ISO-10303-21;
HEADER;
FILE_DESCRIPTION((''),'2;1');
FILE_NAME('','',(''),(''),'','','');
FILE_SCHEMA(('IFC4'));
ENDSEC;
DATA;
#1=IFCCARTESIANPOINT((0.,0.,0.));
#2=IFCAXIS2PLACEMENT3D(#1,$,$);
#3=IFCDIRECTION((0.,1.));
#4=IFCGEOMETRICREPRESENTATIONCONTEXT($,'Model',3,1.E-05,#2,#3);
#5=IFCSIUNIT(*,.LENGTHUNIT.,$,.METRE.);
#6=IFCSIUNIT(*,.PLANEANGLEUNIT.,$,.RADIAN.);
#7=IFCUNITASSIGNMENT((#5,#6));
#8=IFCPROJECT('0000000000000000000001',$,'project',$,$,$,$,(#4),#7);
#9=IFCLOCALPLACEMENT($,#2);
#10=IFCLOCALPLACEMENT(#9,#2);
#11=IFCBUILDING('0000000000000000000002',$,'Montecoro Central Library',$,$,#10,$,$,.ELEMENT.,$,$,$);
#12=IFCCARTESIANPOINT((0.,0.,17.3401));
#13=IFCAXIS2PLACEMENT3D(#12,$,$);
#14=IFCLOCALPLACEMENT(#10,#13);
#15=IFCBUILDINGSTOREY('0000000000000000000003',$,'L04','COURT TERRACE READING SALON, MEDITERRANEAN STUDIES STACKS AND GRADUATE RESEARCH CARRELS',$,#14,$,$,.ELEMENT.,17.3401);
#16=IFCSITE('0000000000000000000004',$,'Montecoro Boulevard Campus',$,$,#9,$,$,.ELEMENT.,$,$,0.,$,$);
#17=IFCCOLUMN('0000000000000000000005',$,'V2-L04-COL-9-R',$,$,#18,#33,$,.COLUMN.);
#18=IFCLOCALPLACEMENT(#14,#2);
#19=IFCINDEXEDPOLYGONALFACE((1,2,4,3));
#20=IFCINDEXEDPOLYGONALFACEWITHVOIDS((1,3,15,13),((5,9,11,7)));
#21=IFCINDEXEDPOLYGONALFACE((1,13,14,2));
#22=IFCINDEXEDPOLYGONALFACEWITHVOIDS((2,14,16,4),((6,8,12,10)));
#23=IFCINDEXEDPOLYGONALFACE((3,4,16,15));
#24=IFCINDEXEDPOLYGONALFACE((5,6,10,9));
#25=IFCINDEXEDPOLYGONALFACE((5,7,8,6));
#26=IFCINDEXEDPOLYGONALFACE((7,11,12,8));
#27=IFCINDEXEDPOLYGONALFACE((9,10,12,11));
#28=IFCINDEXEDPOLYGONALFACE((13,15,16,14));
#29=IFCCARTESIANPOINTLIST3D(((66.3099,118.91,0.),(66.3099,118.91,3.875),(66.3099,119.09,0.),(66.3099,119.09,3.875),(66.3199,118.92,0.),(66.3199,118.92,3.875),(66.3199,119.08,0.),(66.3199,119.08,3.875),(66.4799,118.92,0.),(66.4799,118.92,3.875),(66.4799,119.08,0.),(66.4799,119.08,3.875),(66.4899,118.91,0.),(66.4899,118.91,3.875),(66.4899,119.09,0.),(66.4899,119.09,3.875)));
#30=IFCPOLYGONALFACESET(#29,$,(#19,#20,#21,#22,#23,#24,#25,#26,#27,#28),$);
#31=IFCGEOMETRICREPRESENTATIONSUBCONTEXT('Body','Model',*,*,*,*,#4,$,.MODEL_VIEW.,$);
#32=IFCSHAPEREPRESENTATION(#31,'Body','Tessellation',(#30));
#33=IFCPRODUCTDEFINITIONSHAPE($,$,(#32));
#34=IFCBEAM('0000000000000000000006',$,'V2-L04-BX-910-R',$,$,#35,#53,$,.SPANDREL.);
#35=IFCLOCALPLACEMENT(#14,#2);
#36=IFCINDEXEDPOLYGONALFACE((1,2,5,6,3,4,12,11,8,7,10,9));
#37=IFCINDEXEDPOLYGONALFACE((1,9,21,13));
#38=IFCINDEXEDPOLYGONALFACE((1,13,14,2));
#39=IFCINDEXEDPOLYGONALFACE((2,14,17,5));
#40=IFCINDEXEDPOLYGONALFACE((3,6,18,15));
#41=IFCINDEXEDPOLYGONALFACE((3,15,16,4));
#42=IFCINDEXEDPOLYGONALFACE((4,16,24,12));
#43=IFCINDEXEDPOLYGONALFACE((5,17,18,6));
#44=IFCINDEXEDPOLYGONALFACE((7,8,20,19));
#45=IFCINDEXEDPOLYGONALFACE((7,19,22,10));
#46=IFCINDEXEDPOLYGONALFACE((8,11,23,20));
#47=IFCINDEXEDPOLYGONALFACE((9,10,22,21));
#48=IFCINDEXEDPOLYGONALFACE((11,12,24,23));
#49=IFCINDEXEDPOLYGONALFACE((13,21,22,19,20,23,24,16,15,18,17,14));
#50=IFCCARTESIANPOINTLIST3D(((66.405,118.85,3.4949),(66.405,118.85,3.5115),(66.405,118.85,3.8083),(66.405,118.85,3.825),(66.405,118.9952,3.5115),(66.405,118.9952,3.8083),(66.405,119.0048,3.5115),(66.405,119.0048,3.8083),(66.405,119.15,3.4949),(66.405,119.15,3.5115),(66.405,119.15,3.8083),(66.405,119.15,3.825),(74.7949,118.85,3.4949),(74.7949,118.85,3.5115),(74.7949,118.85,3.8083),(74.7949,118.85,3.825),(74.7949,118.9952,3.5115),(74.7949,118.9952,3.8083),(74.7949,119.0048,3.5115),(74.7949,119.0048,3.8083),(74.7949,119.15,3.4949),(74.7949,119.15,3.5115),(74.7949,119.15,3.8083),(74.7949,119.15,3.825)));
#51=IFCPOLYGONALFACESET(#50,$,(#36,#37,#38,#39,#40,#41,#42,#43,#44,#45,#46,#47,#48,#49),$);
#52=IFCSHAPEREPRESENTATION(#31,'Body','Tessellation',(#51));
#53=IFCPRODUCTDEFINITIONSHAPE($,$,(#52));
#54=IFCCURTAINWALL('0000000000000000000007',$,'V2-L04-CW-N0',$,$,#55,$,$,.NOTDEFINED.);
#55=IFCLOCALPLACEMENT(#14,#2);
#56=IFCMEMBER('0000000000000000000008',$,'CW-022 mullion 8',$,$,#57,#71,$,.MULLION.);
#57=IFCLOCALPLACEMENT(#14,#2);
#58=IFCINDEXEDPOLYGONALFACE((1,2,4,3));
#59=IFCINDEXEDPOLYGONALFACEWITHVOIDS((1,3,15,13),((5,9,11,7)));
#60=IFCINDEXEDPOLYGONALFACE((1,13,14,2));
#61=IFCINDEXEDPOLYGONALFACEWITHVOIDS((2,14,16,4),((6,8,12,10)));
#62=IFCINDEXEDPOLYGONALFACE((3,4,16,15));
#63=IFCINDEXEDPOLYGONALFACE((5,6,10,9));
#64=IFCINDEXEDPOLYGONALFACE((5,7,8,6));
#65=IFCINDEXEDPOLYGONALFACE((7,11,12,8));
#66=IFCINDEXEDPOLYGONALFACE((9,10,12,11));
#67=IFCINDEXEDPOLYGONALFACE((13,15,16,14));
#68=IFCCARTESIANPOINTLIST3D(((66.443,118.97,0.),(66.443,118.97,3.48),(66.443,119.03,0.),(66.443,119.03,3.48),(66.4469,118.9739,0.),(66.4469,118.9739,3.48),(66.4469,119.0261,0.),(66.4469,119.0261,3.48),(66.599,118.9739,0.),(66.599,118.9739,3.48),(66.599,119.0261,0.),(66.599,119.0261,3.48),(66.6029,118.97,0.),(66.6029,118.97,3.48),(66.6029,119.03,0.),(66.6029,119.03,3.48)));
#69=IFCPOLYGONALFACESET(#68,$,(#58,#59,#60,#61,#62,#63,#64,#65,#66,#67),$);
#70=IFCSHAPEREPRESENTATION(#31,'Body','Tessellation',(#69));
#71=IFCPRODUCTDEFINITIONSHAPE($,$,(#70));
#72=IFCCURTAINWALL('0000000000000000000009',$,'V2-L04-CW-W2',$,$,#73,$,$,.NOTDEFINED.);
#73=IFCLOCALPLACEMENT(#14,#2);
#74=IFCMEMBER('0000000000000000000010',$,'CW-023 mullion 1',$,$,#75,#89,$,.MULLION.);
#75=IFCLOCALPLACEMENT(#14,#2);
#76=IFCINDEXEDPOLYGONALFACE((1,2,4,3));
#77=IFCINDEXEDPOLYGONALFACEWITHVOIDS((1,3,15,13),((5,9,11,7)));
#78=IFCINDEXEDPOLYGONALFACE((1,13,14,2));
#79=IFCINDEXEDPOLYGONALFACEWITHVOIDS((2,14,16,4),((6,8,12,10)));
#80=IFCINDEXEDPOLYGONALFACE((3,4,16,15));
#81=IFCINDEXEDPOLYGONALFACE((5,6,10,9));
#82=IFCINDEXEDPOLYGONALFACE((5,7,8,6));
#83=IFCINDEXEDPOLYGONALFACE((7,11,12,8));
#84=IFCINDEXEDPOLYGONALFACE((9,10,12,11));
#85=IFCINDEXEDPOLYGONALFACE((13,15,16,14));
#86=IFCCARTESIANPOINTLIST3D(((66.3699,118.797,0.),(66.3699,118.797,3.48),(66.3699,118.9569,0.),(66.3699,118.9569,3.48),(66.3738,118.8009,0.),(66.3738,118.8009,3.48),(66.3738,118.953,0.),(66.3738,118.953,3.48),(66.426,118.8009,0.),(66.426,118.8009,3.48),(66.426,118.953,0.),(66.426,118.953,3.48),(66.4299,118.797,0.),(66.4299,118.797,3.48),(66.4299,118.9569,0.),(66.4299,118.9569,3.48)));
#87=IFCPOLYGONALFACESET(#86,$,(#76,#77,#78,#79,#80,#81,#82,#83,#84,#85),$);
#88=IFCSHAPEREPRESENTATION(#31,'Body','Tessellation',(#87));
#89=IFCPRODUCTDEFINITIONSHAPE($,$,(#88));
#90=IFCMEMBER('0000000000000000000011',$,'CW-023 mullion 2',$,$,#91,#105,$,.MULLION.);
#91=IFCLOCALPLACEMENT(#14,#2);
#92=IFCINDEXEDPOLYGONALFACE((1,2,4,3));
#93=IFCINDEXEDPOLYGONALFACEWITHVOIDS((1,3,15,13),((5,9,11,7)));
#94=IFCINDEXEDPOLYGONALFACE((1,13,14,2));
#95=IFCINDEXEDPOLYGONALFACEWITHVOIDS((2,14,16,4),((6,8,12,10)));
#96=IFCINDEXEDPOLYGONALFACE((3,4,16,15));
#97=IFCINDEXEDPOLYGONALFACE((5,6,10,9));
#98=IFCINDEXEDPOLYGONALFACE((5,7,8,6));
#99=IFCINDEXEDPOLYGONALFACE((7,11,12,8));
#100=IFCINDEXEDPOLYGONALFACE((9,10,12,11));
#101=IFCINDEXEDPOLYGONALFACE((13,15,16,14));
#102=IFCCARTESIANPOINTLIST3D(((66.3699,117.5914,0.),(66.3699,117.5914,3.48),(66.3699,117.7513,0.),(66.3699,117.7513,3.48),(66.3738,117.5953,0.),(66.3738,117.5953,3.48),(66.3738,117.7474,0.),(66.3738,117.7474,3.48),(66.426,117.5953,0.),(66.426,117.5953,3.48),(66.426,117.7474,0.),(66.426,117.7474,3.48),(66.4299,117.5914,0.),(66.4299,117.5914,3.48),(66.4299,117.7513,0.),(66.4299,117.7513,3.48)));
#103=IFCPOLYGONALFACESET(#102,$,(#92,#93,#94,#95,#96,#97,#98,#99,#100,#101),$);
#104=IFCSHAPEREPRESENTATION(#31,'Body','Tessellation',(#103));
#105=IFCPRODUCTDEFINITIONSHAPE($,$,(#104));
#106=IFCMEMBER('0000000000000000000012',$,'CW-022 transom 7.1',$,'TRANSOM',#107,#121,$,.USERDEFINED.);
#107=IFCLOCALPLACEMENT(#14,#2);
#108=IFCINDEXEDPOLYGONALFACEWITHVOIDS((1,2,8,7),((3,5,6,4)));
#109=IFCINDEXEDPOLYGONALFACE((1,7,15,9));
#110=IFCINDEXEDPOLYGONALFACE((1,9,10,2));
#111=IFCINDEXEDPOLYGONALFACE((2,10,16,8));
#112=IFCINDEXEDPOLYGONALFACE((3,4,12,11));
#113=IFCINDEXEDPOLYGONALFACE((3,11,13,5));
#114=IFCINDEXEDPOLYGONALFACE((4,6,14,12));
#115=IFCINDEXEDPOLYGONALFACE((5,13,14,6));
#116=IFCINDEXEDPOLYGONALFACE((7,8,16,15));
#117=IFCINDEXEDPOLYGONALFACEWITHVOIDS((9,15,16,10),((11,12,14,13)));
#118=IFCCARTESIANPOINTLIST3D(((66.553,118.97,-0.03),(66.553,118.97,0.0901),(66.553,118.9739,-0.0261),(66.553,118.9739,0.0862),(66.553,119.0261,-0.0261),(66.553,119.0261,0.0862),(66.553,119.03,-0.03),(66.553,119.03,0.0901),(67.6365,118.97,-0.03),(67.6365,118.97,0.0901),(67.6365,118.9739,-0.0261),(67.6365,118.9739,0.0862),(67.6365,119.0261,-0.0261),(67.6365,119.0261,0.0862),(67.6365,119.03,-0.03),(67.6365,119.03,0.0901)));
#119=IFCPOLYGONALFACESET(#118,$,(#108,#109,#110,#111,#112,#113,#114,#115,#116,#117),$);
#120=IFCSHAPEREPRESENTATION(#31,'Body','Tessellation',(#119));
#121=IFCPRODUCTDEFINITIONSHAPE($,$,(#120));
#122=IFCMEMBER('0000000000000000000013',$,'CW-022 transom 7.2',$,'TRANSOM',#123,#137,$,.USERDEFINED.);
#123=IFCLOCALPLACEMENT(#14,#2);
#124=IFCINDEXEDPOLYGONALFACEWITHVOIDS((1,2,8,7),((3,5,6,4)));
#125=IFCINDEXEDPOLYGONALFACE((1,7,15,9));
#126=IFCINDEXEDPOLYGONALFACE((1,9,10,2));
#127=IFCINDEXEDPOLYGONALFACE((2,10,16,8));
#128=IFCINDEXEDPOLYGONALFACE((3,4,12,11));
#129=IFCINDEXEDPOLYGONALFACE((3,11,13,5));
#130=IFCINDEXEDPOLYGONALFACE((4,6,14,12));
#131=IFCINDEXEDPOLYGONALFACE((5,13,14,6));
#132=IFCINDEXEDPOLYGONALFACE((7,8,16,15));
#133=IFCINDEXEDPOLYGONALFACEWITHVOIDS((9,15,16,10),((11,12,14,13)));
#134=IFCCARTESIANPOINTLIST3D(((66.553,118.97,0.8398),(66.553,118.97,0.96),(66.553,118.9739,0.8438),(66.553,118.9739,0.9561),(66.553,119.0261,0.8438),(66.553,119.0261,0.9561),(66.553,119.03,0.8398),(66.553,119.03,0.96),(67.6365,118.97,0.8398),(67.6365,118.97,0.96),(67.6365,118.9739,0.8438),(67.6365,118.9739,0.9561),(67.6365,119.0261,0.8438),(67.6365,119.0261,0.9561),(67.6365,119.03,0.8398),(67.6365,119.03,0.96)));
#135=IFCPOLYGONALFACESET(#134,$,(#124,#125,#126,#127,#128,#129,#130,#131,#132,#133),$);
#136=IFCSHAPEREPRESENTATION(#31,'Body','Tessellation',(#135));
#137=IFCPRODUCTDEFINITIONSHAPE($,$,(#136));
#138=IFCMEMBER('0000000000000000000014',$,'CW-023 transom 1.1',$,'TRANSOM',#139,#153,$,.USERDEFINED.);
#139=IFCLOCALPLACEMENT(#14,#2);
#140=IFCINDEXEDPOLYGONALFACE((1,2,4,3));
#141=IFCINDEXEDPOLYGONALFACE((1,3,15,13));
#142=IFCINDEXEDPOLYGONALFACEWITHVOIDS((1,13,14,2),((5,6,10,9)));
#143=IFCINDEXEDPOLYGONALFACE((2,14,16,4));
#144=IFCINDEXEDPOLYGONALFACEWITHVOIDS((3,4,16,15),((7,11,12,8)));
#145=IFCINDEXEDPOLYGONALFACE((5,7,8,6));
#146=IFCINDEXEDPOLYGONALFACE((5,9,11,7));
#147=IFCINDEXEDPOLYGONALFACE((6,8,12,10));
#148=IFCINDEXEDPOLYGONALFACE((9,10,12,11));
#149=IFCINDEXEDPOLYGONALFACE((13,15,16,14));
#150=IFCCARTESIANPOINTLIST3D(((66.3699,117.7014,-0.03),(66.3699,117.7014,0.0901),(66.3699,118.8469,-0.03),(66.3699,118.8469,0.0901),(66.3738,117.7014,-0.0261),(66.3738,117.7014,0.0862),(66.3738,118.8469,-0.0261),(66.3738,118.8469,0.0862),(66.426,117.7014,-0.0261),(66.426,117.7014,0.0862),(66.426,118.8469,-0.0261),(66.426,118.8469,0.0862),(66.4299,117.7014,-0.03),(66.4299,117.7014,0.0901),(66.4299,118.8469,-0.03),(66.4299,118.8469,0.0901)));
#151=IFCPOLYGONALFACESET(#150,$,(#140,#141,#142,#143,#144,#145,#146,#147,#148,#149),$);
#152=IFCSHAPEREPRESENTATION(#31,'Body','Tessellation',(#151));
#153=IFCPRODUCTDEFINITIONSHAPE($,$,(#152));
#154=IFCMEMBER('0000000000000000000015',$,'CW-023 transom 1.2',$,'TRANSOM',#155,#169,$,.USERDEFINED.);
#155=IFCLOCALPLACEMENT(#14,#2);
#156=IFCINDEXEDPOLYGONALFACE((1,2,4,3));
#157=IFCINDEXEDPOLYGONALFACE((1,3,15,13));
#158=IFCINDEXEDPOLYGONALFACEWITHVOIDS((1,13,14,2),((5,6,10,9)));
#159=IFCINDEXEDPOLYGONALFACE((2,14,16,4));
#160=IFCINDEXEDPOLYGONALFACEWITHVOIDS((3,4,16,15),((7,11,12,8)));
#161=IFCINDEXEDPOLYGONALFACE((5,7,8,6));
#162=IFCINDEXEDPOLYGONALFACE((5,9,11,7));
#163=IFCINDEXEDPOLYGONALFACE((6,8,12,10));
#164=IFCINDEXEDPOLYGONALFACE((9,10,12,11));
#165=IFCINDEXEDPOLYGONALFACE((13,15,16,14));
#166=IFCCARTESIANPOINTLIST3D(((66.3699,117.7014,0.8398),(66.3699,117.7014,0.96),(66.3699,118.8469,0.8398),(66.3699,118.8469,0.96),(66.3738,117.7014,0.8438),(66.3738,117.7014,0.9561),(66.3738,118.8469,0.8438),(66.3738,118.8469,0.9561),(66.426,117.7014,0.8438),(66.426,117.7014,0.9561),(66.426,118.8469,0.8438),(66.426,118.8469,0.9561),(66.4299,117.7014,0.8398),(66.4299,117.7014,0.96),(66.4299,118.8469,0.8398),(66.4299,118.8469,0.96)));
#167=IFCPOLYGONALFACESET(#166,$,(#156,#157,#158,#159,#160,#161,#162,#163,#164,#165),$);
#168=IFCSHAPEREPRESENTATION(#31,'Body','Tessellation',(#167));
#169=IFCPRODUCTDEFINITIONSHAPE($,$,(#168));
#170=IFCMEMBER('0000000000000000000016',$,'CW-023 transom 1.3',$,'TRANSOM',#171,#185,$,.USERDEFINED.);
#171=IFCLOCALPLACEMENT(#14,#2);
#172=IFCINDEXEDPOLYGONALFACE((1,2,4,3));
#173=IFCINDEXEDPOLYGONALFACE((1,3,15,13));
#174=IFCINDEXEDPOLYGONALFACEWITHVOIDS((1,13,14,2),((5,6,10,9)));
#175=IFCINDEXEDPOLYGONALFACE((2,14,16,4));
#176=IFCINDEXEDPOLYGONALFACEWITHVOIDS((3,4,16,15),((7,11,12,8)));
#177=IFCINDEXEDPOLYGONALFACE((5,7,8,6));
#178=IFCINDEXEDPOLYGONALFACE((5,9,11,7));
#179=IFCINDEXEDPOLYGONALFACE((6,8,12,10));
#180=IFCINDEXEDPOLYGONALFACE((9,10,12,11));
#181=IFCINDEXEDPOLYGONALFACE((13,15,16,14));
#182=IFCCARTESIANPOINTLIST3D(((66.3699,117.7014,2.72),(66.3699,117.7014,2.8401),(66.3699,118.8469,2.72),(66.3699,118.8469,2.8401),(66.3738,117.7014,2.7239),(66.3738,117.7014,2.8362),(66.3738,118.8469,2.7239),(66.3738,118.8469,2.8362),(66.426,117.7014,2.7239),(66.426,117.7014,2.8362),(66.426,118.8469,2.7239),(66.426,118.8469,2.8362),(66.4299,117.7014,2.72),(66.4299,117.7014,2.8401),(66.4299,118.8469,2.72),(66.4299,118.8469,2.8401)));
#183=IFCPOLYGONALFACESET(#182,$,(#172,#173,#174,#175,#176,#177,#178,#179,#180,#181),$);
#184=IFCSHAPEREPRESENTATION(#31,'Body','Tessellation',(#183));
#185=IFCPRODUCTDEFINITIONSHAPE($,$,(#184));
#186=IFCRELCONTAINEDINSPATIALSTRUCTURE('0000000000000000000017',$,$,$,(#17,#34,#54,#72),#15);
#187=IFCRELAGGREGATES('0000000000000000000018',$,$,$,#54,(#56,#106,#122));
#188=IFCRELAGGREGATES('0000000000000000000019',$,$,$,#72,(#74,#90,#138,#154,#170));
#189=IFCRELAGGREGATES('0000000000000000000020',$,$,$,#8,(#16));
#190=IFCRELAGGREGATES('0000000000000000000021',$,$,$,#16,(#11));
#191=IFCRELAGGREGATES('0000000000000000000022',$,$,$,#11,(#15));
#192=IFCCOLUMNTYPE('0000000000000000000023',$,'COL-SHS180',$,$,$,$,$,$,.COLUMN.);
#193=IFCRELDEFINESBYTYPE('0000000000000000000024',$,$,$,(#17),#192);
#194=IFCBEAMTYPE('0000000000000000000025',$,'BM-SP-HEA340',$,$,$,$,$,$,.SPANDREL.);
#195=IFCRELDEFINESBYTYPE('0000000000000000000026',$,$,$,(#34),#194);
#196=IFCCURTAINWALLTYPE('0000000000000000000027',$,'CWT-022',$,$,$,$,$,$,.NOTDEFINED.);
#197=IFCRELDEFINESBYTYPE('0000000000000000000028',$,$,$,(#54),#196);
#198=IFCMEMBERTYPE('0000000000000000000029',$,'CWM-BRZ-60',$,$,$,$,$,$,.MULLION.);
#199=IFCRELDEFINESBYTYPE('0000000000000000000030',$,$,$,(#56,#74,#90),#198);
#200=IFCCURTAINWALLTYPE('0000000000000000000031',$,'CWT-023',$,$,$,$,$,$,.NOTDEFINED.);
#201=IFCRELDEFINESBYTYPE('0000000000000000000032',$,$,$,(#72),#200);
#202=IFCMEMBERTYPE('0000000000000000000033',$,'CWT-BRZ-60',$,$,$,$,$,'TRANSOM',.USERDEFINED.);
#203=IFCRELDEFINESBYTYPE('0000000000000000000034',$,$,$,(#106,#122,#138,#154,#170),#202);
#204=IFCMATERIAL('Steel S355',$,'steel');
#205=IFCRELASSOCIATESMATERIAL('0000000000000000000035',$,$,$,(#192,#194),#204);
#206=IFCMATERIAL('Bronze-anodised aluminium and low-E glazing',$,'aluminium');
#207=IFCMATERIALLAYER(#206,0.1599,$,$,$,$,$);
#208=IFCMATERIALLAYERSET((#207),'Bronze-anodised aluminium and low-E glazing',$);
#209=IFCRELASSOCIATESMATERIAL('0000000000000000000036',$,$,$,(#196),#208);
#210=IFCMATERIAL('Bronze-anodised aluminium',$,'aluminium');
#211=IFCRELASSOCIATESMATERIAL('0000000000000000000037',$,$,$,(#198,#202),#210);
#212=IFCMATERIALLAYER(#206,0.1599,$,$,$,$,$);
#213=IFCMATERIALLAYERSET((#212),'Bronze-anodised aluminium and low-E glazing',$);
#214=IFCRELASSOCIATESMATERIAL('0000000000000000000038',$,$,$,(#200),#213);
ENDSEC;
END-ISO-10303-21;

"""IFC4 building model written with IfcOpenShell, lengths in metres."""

from ifc_helpers import new_model, si_unit, direction, frame, origin, origin_2d, place, context, subcontext, project, spatial, hollow_rectangle, i_section, extrude, material, layer, layer_set, material_profile, profile_set, type_object, element, aggregate, save


model = new_model("IFC4")

# Units and contexts
model_context = context("Model", 3, precision=1e-05, world=origin(), true_north=direction((0.0, 1.0)))
body_context = subcontext(model_context, "Body", "Model", "MODEL_VIEW")
ifc_project = project(units=[si_unit("LENGTHUNIT", "METRE"), si_unit("PLANEANGLEUNIT", "RADIAN")], contexts=[model_context])

# Site, building, storey
site_placement = place(None, origin())
site = spatial("IfcSite", under=ifc_project, at=site_placement, Name="Montecoro Boulevard Campus", CompositionType="ELEMENT", RefElevation=0.0)
building_placement = place(site_placement, origin())
building = spatial("IfcBuilding", under=site, at=building_placement, Name="Montecoro Central Library", CompositionType="ELEMENT")
storey_placement = place(building_placement, frame((0.0, 0.0, 17.3401)))
storey = spatial("IfcBuildingStorey", under=building, at=storey_placement, Name="L04", Description="COURT TERRACE READING SALON, MEDITERRANEAN STUDIES STACKS AND GRADUATE RESEARCH CARRELS", CompositionType="ELEMENT", Elevation=17.3401)

# Column
ifc_material_1 = material(Name="Steel S355", Category="steel")
ifc_material_profile_1 = material_profile(ifc_material_1, hollow_rectangle(XDim=0.1799, YDim=0.1799, WallThickness=0.01, at=origin_2d()), Name="SHS 180x180x10.0")
ifc_profile_set_1 = profile_set([ifc_material_profile_1], Name="Steel S355")
column_type = type_object("IfcColumnType", Name="COL-SHS180", PredefinedType="COLUMN", material=ifc_profile_set_1)
column_placement = place(storey_placement, frame((66.3999, 119.0, 0.0), z_axis=(0.0, 0.0, 1.0), x_axis=(1.0, 0.0, 0.0)))
element("IfcColumn", 1, at=column_placement, inside=storey, type_object=column_type, Name="V2-L04-COL-9-R", PredefinedType="COLUMN", context=body_context, shape_type="SweptSolid", body=[
    extrude(hollow_rectangle(XDim=0.1799, YDim=0.1799, WallThickness=0.01, at=origin_2d()), origin(), (0.0, 0.0, 1.0), 3.875),
])

# Beam
ifc_material_profile_2 = material_profile(ifc_material_1, i_section(OverallWidth=0.3, OverallDepth=0.3301, WebThickness=0.0095, FlangeThickness=0.0166, at=origin_2d()), Name="HEA 340")
ifc_profile_set_2 = profile_set([ifc_material_profile_2], Name="Steel S355")
beam_type = type_object("IfcBeamType", Name="BM-SP-HEA340", PredefinedType="SPANDREL", material=ifc_profile_set_2)
beam_placement = place(storey_placement, frame((66.405, 119.0, 3.6599), z_axis=(1.0, 0.0, 0.0), x_axis=(0.0, 1.0, 0.0)))
element("IfcBeam", 2, at=beam_placement, inside=storey, type_object=beam_type, Name="V2-L04-BX-910-R", PredefinedType="SPANDREL", context=body_context, shape_type="SweptSolid", body=[
    extrude(i_section(OverallWidth=0.3, OverallDepth=0.3301, WebThickness=0.0095, FlangeThickness=0.0166, at=origin_2d()), origin(), (0.0, 0.0, 1.0), 8.3899),
])

# Curtain wall, member
ifc_material_2 = material(Name="Bronze-anodised aluminium and low-E glazing", Category="aluminium")
ifc_layer_1 = layer(ifc_material_2, 0.1599)
ifc_layer_set_1 = layer_set([ifc_layer_1], Name="Bronze-anodised aluminium and low-E glazing")
curtain_wall_type_1 = type_object("IfcCurtainWallType", Name="CWT-022", PredefinedType="NOTDEFINED", material=ifc_layer_set_1)
curtain_wall_1_placement = place(storey_placement, origin())
curtain_wall_1 = element("IfcCurtainWall", 3, at=curtain_wall_1_placement, inside=storey, type_object=curtain_wall_type_1, Name="V2-L04-CW-N0", PredefinedType="NOTDEFINED")
ifc_material_3 = material(Name="Bronze-anodised aluminium", Category="aluminium")
ifc_material_profile_3 = material_profile(ifc_material_3, hollow_rectangle(XDim=0.0601, YDim=0.1599, WallThickness=0.0039, at=origin_2d()), Name="CWM 160x60x4.0")
ifc_profile_set_3 = profile_set([ifc_material_profile_3], Name="Bronze-anodised aluminium")
member_type_1 = type_object("IfcMemberType", Name="CWM-BRZ-60", PredefinedType="MULLION", material=ifc_profile_set_3)
member_1_placement = place(storey_placement, frame((66.5229, 119.0, 0.0), z_axis=(0.0, 0.0, 1.0), x_axis=(0.0, -1.0, 0.0)))
member_1 = element("IfcMember", 4, at=member_1_placement, type_object=member_type_1, Name="CW-022 mullion 8", PredefinedType="MULLION", context=body_context, shape_type="SweptSolid", body=[
    extrude(hollow_rectangle(XDim=0.0601, YDim=0.1599, WallThickness=0.0039, at=origin_2d()), origin(), (0.0, 0.0, 1.0), 3.48),
])

# Curtain wall, members
ifc_layer_2 = layer(ifc_material_2, 0.1599)
ifc_layer_set_2 = layer_set([ifc_layer_2], Name="Bronze-anodised aluminium and low-E glazing")
curtain_wall_type_2 = type_object("IfcCurtainWallType", Name="CWT-023", PredefinedType="NOTDEFINED", material=ifc_layer_set_2)
curtain_wall_2_placement = place(storey_placement, origin())
curtain_wall_2 = element("IfcCurtainWall", 5, at=curtain_wall_2_placement, inside=storey, type_object=curtain_wall_type_2, Name="V2-L04-CW-W2", PredefinedType="NOTDEFINED")
member_2_placement = place(storey_placement, frame((66.3999, 118.877, 0.0), z_axis=(0.0, 0.0, 1.0), x_axis=(1.0, 0.0, 0.0)))
member_2 = element("IfcMember", 6, at=member_2_placement, type_object=member_type_1, Name="CW-023 mullion 1", PredefinedType="MULLION", context=body_context, shape_type="SweptSolid", body=[
    extrude(hollow_rectangle(XDim=0.0601, YDim=0.1599, WallThickness=0.0039, at=origin_2d()), origin(), (0.0, 0.0, 1.0), 3.48),
])
member_3_placement = place(storey_placement, frame((66.3999, 117.6714, 0.0), z_axis=(0.0, 0.0, 1.0), x_axis=(1.0, 0.0, 0.0)))
member_3 = element("IfcMember", 7, at=member_3_placement, type_object=member_type_1, Name="CW-023 mullion 2", PredefinedType="MULLION", context=body_context, shape_type="SweptSolid", body=[
    extrude(hollow_rectangle(XDim=0.0601, YDim=0.1599, WallThickness=0.0039, at=origin_2d()), origin(), (0.0, 0.0, 1.0), 3.48),
])

# Members
ifc_material_profile_4 = material_profile(ifc_material_3, hollow_rectangle(XDim=0.0601, YDim=0.1201, WallThickness=0.0039, at=origin_2d()), Name="CWT 120x60x4.0")
ifc_profile_set_4 = profile_set([ifc_material_profile_4], Name="Bronze-anodised aluminium")
member_type_2 = type_object("IfcMemberType", Name="CWT-BRZ-60", ElementType="TRANSOM", PredefinedType="USERDEFINED", material=ifc_profile_set_4)
member_4_placement = place(storey_placement, frame((67.6365, 119.0, 0.03), z_axis=(-1.0, 0.0, 0.0), x_axis=(0.0, -1.0, 0.0)))
member_4 = element("IfcMember", 8, at=member_4_placement, type_object=member_type_2, Name="CW-022 transom 7.1", ObjectType="TRANSOM", PredefinedType="USERDEFINED", context=body_context, shape_type="SweptSolid", body=[
    extrude(hollow_rectangle(XDim=0.0601, YDim=0.1201, WallThickness=0.0039, at=origin_2d()), origin(), (0.0, 0.0, 1.0), 1.0835),
])
member_5_placement = place(storey_placement, frame((67.6365, 119.0, 0.8999), z_axis=(-1.0, 0.0, 0.0), x_axis=(0.0, -1.0, 0.0)))
member_5 = element("IfcMember", 9, at=member_5_placement, type_object=member_type_2, Name="CW-022 transom 7.2", ObjectType="TRANSOM", PredefinedType="USERDEFINED", context=body_context, shape_type="SweptSolid", body=[
    extrude(hollow_rectangle(XDim=0.0601, YDim=0.1201, WallThickness=0.0039, at=origin_2d()), origin(), (0.0, 0.0, 1.0), 1.0835),
])
member_6_placement = place(storey_placement, frame((66.3999, 118.8469, 0.03), z_axis=(0.0, -1.0, 0.0), x_axis=(1.0, 0.0, 0.0)))
member_6 = element("IfcMember", 10, at=member_6_placement, type_object=member_type_2, Name="CW-023 transom 1.1", ObjectType="TRANSOM", PredefinedType="USERDEFINED", context=body_context, shape_type="SweptSolid", body=[
    extrude(hollow_rectangle(XDim=0.0601, YDim=0.1201, WallThickness=0.0039, at=origin_2d()), origin(), (0.0, 0.0, 1.0), 1.1455),
])
member_7_placement = place(storey_placement, frame((66.3999, 118.8469, 0.8999), z_axis=(0.0, -1.0, 0.0), x_axis=(1.0, 0.0, 0.0)))
member_7 = element("IfcMember", 11, at=member_7_placement, type_object=member_type_2, Name="CW-023 transom 1.2", ObjectType="TRANSOM", PredefinedType="USERDEFINED", context=body_context, shape_type="SweptSolid", body=[
    extrude(hollow_rectangle(XDim=0.0601, YDim=0.1201, WallThickness=0.0039, at=origin_2d()), origin(), (0.0, 0.0, 1.0), 1.1455),
])
member_8_placement = place(storey_placement, frame((66.3999, 118.8469, 2.78), z_axis=(0.0, -1.0, 0.0), x_axis=(1.0, 0.0, 0.0)))
member_8 = element("IfcMember", 12, at=member_8_placement, type_object=member_type_2, Name="CW-023 transom 1.3", ObjectType="TRANSOM", PredefinedType="USERDEFINED", context=body_context, shape_type="SweptSolid", body=[
    extrude(hollow_rectangle(XDim=0.0601, YDim=0.1201, WallThickness=0.0039, at=origin_2d()), origin(), (0.0, 0.0, 1.0), 1.1455),
])

aggregate(curtain_wall_1, [member_1, member_4, member_5])
aggregate(curtain_wall_2, [member_2, member_3, member_6, member_7, member_8])

save(model, "model.ifc")
